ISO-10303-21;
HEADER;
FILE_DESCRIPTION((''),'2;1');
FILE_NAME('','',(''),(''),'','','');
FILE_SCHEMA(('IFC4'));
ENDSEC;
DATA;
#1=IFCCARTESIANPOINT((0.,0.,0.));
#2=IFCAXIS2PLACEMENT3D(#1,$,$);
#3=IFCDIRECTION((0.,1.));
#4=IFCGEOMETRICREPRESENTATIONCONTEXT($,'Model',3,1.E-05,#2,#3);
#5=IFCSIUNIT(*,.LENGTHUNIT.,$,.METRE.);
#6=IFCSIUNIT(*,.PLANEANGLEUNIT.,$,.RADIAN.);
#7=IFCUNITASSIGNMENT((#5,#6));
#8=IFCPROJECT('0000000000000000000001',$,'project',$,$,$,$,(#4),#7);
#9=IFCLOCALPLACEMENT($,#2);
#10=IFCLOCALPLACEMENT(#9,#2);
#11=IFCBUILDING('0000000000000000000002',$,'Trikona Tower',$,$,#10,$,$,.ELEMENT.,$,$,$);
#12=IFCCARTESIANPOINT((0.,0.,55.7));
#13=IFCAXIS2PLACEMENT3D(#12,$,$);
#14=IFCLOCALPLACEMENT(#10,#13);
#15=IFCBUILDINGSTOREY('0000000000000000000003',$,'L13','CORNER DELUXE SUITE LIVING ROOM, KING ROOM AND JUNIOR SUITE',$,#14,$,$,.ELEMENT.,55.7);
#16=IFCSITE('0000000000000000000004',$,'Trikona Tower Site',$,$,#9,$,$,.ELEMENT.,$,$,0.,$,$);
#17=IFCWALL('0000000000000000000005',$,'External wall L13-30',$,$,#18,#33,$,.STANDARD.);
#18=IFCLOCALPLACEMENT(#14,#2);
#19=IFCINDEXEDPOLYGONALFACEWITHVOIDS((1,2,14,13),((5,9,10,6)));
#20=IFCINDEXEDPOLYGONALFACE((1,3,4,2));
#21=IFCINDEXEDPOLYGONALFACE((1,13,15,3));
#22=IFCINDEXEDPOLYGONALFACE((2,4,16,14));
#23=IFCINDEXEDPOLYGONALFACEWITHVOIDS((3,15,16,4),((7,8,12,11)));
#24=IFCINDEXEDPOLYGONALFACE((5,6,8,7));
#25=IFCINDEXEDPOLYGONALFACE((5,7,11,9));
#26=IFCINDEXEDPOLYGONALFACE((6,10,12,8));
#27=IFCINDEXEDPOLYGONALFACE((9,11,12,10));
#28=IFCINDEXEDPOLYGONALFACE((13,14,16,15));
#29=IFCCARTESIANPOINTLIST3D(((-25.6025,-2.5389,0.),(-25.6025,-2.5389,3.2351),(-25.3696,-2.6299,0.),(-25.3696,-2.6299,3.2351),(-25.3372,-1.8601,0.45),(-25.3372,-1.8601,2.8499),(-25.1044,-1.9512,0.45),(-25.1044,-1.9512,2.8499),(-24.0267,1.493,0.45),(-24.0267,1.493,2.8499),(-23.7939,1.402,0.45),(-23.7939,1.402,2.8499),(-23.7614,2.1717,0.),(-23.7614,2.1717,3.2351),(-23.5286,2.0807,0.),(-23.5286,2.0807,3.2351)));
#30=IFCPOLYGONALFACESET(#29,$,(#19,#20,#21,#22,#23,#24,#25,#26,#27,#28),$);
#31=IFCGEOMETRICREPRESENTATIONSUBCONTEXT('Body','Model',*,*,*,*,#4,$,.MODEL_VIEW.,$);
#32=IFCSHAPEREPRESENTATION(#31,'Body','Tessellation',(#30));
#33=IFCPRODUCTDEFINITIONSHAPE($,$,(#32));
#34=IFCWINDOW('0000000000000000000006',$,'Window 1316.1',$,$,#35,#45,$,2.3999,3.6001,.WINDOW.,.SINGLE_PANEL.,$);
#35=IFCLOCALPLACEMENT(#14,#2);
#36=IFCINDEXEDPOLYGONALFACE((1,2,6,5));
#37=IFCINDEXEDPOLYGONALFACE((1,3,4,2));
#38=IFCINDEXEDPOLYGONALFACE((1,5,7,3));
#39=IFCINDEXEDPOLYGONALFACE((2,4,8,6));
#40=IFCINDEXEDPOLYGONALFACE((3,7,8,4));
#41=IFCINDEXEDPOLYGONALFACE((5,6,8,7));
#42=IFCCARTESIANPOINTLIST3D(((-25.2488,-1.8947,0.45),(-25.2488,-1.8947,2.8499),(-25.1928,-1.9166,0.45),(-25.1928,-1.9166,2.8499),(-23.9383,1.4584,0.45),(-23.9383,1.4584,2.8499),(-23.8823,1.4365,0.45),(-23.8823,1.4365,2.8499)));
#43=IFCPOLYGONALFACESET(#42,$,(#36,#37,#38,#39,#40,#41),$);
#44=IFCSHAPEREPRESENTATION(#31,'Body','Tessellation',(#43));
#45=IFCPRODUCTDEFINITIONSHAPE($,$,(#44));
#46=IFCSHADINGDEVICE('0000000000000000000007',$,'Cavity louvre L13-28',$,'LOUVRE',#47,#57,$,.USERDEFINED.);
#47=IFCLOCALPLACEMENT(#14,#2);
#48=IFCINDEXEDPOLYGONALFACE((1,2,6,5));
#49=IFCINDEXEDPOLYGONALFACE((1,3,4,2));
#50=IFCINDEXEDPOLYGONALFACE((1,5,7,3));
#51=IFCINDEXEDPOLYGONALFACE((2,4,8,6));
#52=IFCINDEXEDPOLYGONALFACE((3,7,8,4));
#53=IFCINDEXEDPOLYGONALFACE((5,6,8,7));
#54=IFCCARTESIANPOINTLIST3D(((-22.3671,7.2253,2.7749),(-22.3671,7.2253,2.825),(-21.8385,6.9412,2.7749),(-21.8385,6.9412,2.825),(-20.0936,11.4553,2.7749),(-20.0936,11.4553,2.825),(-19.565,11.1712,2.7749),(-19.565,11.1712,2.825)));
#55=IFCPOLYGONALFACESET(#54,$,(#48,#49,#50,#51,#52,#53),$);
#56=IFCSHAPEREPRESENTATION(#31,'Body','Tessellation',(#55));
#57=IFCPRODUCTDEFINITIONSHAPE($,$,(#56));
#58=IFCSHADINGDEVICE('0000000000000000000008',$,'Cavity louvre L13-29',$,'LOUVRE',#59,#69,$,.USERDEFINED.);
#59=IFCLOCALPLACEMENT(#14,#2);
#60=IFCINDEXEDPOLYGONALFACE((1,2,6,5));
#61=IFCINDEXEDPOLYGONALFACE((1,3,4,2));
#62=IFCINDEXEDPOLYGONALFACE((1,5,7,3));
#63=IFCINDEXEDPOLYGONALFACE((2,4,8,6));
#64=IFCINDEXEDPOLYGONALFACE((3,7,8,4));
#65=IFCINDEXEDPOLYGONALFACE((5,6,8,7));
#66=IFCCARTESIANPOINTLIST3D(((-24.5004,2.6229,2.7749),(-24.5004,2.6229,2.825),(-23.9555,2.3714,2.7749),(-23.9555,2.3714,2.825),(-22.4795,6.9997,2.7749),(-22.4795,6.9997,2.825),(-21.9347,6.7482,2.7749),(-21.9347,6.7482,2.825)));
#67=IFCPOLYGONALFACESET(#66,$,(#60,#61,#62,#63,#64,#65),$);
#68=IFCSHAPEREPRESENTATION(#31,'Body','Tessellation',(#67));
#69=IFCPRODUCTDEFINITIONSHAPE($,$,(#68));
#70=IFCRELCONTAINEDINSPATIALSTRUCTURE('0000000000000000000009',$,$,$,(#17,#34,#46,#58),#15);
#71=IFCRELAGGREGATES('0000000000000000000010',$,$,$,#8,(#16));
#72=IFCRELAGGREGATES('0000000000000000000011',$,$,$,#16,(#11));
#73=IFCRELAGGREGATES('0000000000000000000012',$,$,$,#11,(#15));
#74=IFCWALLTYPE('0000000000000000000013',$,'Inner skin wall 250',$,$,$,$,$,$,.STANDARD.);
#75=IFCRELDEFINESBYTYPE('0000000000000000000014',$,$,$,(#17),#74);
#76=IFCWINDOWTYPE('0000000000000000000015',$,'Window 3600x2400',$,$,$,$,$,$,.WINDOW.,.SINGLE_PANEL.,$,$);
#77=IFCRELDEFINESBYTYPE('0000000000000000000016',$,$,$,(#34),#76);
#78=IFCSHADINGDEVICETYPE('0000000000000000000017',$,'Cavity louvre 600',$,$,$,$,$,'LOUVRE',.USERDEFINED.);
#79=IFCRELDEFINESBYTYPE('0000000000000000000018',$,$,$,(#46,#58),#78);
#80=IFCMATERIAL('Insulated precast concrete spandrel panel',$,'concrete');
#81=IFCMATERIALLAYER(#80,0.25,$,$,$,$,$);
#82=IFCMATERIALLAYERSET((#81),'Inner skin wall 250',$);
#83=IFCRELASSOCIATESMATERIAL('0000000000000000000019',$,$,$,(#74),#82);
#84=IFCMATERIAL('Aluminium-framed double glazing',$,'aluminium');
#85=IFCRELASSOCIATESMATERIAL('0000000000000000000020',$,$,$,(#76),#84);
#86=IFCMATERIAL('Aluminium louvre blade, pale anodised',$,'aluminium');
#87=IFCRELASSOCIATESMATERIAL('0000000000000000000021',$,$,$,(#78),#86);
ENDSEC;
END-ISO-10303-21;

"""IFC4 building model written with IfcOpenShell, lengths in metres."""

from ifc_helpers import new_model, si_unit, direction, frame, frame_2d, origin, origin_2d, place, context, subcontext, project, spatial, rectangle, extrude, material, layer, layer_set, type_object, element, fill, save


model = new_model("IFC4")

# Units and contexts
model_context = context("Model", 3, precision=1e-05, world=origin(), true_north=direction((0.0, 1.0)))
body_context = subcontext(model_context, "Body", "Model", "MODEL_VIEW")
ifc_project = project(units=[si_unit("LENGTHUNIT", "METRE"), si_unit("PLANEANGLEUNIT", "RADIAN")], contexts=[model_context])

# Site, building, storey
site_placement = place(None, origin())
site = spatial("IfcSite", under=ifc_project, at=site_placement, Name="Trikona Tower Site", CompositionType="ELEMENT", RefElevation=0.0)
building_placement = place(site_placement, origin())
building = spatial("IfcBuilding", under=site, at=building_placement, Name="Trikona Tower", CompositionType="ELEMENT")
storey_placement = place(building_placement, frame((0.0, 0.0, 55.7)))
storey = spatial("IfcBuildingStorey", under=building, at=storey_placement, Name="L13", Description="CORNER DELUXE SUITE LIVING ROOM, KING ROOM AND JUNIOR SUITE", CompositionType="ELEMENT", Elevation=55.7)

# Wall, opening, window
ifc_material_1 = material(Name="Insulated precast concrete spandrel panel", Category="concrete")
ifc_layer_1 = layer(ifc_material_1, 0.25)
ifc_layer_set_1 = layer_set([ifc_layer_1], Name="Inner skin wall 250")
wall_type = type_object("IfcWallType", Name="Inner skin wall 250", PredefinedType="STANDARD", material=ifc_layer_set_1)
ifc_material_2 = material(Name="Aluminium-framed double glazing", Category="aluminium")
window_type = type_object("IfcWindowType", Name="Window 3600x2400", PartitioningType="SINGLE_PANEL", PredefinedType="WINDOW", material=ifc_material_2)
wall_1_placement = place(storey_placement, frame((-23.645, 2.1262, 0.0), z_axis=(0.0, 0.0, 1.0), x_axis=(-0.364013, -0.931394, 0.0)))
wall_1 = element("IfcWall", 1, at=wall_1_placement, inside=storey, type_object=wall_type, Name="External wall L13-30", PredefinedType="STANDARD", context=body_context, shape_type="SweptSolid", body=[
    extrude(rectangle(XDim=5.0576, YDim=0.25, at=frame_2d((2.5288, 0.0))), origin(), (0.0, 0.0, 1.0), 3.2351),
])
opening_1_placement = place(wall_1_placement, frame((0.7288, 0.0, 0.45)))
opening_1 = element("IfcOpeningElement", 2, at=opening_1_placement, cuts=wall_1, PredefinedType="OPENING", context=body_context, shape_type="SweptSolid", body=[
    extrude(rectangle(XDim=3.6001, YDim=2.3999, at=frame_2d((1.8, 1.2))), frame((0.0, 0.135, 0.0), z_axis=(0.0, -1.0, 0.0), x_axis=(1.0, 0.0, 0.0)), (0.0, 0.0, 1.0), 0.27),
])
window_1_placement = place(opening_1_placement, origin())
window_1 = element("IfcWindow", 3, at=window_1_placement, inside=storey, type_object=window_type, Name="Window 1316.1", OverallHeight=2.3999, OverallWidth=3.6001, PartitioningType="SINGLE_PANEL", PredefinedType="WINDOW", context=body_context, shape_type="SweptSolid", body=[
    extrude(rectangle(XDim=3.6001, YDim=2.3999, at=frame_2d((1.8, 1.2))), frame((0.0, 0.03, 0.0), z_axis=(0.0, -1.0, 0.0), x_axis=(1.0, 0.0, 0.0)), (0.0, 0.0, 1.0), 0.0601),
])
fill(opening_1, window_1)

# Shading devices
ifc_material_3 = material(Name="Aluminium louvre blade, pale anodised", Category="aluminium")
shading_device_type = type_object("IfcShadingDeviceType", Name="Cavity louvre 600", ElementType="LOUVRE", PredefinedType="USERDEFINED", material=ifc_material_3)
shading_device_1_placement = place(storey_placement, frame((-20.9661, 9.1982, 2.7749), z_axis=(0.0, 0.0, 1.0), x_axis=(-0.473423, -0.880835, 0.0)))
element("IfcShadingDevice", 4, at=shading_device_1_placement, inside=storey, type_object=shading_device_type, Name="Cavity louvre L13-28", ObjectType="LOUVRE", PredefinedType="USERDEFINED", context=body_context, shape_type="SweptSolid", body=[
    extrude(rectangle(XDim=4.8022, YDim=0.6001, at=origin_2d()), origin(), (0.0, 0.0, 1.0), 0.05),
])
shading_device_2_placement = place(storey_placement, frame((-23.2175, 4.6855, 2.7749), z_axis=(0.0, 0.0, 1.0), x_axis=(-0.419194, -0.907897, 0.0)))
element("IfcShadingDevice", 5, at=shading_device_2_placement, inside=storey, type_object=shading_device_type, Name="Cavity louvre L13-29", ObjectType="LOUVRE", PredefinedType="USERDEFINED", context=body_context, shape_type="SweptSolid", body=[
    extrude(rectangle(XDim=4.8208, YDim=0.6001, at=origin_2d()), origin(), (0.0, 0.0, 1.0), 0.05),
])

save(model, "model.ifc")
